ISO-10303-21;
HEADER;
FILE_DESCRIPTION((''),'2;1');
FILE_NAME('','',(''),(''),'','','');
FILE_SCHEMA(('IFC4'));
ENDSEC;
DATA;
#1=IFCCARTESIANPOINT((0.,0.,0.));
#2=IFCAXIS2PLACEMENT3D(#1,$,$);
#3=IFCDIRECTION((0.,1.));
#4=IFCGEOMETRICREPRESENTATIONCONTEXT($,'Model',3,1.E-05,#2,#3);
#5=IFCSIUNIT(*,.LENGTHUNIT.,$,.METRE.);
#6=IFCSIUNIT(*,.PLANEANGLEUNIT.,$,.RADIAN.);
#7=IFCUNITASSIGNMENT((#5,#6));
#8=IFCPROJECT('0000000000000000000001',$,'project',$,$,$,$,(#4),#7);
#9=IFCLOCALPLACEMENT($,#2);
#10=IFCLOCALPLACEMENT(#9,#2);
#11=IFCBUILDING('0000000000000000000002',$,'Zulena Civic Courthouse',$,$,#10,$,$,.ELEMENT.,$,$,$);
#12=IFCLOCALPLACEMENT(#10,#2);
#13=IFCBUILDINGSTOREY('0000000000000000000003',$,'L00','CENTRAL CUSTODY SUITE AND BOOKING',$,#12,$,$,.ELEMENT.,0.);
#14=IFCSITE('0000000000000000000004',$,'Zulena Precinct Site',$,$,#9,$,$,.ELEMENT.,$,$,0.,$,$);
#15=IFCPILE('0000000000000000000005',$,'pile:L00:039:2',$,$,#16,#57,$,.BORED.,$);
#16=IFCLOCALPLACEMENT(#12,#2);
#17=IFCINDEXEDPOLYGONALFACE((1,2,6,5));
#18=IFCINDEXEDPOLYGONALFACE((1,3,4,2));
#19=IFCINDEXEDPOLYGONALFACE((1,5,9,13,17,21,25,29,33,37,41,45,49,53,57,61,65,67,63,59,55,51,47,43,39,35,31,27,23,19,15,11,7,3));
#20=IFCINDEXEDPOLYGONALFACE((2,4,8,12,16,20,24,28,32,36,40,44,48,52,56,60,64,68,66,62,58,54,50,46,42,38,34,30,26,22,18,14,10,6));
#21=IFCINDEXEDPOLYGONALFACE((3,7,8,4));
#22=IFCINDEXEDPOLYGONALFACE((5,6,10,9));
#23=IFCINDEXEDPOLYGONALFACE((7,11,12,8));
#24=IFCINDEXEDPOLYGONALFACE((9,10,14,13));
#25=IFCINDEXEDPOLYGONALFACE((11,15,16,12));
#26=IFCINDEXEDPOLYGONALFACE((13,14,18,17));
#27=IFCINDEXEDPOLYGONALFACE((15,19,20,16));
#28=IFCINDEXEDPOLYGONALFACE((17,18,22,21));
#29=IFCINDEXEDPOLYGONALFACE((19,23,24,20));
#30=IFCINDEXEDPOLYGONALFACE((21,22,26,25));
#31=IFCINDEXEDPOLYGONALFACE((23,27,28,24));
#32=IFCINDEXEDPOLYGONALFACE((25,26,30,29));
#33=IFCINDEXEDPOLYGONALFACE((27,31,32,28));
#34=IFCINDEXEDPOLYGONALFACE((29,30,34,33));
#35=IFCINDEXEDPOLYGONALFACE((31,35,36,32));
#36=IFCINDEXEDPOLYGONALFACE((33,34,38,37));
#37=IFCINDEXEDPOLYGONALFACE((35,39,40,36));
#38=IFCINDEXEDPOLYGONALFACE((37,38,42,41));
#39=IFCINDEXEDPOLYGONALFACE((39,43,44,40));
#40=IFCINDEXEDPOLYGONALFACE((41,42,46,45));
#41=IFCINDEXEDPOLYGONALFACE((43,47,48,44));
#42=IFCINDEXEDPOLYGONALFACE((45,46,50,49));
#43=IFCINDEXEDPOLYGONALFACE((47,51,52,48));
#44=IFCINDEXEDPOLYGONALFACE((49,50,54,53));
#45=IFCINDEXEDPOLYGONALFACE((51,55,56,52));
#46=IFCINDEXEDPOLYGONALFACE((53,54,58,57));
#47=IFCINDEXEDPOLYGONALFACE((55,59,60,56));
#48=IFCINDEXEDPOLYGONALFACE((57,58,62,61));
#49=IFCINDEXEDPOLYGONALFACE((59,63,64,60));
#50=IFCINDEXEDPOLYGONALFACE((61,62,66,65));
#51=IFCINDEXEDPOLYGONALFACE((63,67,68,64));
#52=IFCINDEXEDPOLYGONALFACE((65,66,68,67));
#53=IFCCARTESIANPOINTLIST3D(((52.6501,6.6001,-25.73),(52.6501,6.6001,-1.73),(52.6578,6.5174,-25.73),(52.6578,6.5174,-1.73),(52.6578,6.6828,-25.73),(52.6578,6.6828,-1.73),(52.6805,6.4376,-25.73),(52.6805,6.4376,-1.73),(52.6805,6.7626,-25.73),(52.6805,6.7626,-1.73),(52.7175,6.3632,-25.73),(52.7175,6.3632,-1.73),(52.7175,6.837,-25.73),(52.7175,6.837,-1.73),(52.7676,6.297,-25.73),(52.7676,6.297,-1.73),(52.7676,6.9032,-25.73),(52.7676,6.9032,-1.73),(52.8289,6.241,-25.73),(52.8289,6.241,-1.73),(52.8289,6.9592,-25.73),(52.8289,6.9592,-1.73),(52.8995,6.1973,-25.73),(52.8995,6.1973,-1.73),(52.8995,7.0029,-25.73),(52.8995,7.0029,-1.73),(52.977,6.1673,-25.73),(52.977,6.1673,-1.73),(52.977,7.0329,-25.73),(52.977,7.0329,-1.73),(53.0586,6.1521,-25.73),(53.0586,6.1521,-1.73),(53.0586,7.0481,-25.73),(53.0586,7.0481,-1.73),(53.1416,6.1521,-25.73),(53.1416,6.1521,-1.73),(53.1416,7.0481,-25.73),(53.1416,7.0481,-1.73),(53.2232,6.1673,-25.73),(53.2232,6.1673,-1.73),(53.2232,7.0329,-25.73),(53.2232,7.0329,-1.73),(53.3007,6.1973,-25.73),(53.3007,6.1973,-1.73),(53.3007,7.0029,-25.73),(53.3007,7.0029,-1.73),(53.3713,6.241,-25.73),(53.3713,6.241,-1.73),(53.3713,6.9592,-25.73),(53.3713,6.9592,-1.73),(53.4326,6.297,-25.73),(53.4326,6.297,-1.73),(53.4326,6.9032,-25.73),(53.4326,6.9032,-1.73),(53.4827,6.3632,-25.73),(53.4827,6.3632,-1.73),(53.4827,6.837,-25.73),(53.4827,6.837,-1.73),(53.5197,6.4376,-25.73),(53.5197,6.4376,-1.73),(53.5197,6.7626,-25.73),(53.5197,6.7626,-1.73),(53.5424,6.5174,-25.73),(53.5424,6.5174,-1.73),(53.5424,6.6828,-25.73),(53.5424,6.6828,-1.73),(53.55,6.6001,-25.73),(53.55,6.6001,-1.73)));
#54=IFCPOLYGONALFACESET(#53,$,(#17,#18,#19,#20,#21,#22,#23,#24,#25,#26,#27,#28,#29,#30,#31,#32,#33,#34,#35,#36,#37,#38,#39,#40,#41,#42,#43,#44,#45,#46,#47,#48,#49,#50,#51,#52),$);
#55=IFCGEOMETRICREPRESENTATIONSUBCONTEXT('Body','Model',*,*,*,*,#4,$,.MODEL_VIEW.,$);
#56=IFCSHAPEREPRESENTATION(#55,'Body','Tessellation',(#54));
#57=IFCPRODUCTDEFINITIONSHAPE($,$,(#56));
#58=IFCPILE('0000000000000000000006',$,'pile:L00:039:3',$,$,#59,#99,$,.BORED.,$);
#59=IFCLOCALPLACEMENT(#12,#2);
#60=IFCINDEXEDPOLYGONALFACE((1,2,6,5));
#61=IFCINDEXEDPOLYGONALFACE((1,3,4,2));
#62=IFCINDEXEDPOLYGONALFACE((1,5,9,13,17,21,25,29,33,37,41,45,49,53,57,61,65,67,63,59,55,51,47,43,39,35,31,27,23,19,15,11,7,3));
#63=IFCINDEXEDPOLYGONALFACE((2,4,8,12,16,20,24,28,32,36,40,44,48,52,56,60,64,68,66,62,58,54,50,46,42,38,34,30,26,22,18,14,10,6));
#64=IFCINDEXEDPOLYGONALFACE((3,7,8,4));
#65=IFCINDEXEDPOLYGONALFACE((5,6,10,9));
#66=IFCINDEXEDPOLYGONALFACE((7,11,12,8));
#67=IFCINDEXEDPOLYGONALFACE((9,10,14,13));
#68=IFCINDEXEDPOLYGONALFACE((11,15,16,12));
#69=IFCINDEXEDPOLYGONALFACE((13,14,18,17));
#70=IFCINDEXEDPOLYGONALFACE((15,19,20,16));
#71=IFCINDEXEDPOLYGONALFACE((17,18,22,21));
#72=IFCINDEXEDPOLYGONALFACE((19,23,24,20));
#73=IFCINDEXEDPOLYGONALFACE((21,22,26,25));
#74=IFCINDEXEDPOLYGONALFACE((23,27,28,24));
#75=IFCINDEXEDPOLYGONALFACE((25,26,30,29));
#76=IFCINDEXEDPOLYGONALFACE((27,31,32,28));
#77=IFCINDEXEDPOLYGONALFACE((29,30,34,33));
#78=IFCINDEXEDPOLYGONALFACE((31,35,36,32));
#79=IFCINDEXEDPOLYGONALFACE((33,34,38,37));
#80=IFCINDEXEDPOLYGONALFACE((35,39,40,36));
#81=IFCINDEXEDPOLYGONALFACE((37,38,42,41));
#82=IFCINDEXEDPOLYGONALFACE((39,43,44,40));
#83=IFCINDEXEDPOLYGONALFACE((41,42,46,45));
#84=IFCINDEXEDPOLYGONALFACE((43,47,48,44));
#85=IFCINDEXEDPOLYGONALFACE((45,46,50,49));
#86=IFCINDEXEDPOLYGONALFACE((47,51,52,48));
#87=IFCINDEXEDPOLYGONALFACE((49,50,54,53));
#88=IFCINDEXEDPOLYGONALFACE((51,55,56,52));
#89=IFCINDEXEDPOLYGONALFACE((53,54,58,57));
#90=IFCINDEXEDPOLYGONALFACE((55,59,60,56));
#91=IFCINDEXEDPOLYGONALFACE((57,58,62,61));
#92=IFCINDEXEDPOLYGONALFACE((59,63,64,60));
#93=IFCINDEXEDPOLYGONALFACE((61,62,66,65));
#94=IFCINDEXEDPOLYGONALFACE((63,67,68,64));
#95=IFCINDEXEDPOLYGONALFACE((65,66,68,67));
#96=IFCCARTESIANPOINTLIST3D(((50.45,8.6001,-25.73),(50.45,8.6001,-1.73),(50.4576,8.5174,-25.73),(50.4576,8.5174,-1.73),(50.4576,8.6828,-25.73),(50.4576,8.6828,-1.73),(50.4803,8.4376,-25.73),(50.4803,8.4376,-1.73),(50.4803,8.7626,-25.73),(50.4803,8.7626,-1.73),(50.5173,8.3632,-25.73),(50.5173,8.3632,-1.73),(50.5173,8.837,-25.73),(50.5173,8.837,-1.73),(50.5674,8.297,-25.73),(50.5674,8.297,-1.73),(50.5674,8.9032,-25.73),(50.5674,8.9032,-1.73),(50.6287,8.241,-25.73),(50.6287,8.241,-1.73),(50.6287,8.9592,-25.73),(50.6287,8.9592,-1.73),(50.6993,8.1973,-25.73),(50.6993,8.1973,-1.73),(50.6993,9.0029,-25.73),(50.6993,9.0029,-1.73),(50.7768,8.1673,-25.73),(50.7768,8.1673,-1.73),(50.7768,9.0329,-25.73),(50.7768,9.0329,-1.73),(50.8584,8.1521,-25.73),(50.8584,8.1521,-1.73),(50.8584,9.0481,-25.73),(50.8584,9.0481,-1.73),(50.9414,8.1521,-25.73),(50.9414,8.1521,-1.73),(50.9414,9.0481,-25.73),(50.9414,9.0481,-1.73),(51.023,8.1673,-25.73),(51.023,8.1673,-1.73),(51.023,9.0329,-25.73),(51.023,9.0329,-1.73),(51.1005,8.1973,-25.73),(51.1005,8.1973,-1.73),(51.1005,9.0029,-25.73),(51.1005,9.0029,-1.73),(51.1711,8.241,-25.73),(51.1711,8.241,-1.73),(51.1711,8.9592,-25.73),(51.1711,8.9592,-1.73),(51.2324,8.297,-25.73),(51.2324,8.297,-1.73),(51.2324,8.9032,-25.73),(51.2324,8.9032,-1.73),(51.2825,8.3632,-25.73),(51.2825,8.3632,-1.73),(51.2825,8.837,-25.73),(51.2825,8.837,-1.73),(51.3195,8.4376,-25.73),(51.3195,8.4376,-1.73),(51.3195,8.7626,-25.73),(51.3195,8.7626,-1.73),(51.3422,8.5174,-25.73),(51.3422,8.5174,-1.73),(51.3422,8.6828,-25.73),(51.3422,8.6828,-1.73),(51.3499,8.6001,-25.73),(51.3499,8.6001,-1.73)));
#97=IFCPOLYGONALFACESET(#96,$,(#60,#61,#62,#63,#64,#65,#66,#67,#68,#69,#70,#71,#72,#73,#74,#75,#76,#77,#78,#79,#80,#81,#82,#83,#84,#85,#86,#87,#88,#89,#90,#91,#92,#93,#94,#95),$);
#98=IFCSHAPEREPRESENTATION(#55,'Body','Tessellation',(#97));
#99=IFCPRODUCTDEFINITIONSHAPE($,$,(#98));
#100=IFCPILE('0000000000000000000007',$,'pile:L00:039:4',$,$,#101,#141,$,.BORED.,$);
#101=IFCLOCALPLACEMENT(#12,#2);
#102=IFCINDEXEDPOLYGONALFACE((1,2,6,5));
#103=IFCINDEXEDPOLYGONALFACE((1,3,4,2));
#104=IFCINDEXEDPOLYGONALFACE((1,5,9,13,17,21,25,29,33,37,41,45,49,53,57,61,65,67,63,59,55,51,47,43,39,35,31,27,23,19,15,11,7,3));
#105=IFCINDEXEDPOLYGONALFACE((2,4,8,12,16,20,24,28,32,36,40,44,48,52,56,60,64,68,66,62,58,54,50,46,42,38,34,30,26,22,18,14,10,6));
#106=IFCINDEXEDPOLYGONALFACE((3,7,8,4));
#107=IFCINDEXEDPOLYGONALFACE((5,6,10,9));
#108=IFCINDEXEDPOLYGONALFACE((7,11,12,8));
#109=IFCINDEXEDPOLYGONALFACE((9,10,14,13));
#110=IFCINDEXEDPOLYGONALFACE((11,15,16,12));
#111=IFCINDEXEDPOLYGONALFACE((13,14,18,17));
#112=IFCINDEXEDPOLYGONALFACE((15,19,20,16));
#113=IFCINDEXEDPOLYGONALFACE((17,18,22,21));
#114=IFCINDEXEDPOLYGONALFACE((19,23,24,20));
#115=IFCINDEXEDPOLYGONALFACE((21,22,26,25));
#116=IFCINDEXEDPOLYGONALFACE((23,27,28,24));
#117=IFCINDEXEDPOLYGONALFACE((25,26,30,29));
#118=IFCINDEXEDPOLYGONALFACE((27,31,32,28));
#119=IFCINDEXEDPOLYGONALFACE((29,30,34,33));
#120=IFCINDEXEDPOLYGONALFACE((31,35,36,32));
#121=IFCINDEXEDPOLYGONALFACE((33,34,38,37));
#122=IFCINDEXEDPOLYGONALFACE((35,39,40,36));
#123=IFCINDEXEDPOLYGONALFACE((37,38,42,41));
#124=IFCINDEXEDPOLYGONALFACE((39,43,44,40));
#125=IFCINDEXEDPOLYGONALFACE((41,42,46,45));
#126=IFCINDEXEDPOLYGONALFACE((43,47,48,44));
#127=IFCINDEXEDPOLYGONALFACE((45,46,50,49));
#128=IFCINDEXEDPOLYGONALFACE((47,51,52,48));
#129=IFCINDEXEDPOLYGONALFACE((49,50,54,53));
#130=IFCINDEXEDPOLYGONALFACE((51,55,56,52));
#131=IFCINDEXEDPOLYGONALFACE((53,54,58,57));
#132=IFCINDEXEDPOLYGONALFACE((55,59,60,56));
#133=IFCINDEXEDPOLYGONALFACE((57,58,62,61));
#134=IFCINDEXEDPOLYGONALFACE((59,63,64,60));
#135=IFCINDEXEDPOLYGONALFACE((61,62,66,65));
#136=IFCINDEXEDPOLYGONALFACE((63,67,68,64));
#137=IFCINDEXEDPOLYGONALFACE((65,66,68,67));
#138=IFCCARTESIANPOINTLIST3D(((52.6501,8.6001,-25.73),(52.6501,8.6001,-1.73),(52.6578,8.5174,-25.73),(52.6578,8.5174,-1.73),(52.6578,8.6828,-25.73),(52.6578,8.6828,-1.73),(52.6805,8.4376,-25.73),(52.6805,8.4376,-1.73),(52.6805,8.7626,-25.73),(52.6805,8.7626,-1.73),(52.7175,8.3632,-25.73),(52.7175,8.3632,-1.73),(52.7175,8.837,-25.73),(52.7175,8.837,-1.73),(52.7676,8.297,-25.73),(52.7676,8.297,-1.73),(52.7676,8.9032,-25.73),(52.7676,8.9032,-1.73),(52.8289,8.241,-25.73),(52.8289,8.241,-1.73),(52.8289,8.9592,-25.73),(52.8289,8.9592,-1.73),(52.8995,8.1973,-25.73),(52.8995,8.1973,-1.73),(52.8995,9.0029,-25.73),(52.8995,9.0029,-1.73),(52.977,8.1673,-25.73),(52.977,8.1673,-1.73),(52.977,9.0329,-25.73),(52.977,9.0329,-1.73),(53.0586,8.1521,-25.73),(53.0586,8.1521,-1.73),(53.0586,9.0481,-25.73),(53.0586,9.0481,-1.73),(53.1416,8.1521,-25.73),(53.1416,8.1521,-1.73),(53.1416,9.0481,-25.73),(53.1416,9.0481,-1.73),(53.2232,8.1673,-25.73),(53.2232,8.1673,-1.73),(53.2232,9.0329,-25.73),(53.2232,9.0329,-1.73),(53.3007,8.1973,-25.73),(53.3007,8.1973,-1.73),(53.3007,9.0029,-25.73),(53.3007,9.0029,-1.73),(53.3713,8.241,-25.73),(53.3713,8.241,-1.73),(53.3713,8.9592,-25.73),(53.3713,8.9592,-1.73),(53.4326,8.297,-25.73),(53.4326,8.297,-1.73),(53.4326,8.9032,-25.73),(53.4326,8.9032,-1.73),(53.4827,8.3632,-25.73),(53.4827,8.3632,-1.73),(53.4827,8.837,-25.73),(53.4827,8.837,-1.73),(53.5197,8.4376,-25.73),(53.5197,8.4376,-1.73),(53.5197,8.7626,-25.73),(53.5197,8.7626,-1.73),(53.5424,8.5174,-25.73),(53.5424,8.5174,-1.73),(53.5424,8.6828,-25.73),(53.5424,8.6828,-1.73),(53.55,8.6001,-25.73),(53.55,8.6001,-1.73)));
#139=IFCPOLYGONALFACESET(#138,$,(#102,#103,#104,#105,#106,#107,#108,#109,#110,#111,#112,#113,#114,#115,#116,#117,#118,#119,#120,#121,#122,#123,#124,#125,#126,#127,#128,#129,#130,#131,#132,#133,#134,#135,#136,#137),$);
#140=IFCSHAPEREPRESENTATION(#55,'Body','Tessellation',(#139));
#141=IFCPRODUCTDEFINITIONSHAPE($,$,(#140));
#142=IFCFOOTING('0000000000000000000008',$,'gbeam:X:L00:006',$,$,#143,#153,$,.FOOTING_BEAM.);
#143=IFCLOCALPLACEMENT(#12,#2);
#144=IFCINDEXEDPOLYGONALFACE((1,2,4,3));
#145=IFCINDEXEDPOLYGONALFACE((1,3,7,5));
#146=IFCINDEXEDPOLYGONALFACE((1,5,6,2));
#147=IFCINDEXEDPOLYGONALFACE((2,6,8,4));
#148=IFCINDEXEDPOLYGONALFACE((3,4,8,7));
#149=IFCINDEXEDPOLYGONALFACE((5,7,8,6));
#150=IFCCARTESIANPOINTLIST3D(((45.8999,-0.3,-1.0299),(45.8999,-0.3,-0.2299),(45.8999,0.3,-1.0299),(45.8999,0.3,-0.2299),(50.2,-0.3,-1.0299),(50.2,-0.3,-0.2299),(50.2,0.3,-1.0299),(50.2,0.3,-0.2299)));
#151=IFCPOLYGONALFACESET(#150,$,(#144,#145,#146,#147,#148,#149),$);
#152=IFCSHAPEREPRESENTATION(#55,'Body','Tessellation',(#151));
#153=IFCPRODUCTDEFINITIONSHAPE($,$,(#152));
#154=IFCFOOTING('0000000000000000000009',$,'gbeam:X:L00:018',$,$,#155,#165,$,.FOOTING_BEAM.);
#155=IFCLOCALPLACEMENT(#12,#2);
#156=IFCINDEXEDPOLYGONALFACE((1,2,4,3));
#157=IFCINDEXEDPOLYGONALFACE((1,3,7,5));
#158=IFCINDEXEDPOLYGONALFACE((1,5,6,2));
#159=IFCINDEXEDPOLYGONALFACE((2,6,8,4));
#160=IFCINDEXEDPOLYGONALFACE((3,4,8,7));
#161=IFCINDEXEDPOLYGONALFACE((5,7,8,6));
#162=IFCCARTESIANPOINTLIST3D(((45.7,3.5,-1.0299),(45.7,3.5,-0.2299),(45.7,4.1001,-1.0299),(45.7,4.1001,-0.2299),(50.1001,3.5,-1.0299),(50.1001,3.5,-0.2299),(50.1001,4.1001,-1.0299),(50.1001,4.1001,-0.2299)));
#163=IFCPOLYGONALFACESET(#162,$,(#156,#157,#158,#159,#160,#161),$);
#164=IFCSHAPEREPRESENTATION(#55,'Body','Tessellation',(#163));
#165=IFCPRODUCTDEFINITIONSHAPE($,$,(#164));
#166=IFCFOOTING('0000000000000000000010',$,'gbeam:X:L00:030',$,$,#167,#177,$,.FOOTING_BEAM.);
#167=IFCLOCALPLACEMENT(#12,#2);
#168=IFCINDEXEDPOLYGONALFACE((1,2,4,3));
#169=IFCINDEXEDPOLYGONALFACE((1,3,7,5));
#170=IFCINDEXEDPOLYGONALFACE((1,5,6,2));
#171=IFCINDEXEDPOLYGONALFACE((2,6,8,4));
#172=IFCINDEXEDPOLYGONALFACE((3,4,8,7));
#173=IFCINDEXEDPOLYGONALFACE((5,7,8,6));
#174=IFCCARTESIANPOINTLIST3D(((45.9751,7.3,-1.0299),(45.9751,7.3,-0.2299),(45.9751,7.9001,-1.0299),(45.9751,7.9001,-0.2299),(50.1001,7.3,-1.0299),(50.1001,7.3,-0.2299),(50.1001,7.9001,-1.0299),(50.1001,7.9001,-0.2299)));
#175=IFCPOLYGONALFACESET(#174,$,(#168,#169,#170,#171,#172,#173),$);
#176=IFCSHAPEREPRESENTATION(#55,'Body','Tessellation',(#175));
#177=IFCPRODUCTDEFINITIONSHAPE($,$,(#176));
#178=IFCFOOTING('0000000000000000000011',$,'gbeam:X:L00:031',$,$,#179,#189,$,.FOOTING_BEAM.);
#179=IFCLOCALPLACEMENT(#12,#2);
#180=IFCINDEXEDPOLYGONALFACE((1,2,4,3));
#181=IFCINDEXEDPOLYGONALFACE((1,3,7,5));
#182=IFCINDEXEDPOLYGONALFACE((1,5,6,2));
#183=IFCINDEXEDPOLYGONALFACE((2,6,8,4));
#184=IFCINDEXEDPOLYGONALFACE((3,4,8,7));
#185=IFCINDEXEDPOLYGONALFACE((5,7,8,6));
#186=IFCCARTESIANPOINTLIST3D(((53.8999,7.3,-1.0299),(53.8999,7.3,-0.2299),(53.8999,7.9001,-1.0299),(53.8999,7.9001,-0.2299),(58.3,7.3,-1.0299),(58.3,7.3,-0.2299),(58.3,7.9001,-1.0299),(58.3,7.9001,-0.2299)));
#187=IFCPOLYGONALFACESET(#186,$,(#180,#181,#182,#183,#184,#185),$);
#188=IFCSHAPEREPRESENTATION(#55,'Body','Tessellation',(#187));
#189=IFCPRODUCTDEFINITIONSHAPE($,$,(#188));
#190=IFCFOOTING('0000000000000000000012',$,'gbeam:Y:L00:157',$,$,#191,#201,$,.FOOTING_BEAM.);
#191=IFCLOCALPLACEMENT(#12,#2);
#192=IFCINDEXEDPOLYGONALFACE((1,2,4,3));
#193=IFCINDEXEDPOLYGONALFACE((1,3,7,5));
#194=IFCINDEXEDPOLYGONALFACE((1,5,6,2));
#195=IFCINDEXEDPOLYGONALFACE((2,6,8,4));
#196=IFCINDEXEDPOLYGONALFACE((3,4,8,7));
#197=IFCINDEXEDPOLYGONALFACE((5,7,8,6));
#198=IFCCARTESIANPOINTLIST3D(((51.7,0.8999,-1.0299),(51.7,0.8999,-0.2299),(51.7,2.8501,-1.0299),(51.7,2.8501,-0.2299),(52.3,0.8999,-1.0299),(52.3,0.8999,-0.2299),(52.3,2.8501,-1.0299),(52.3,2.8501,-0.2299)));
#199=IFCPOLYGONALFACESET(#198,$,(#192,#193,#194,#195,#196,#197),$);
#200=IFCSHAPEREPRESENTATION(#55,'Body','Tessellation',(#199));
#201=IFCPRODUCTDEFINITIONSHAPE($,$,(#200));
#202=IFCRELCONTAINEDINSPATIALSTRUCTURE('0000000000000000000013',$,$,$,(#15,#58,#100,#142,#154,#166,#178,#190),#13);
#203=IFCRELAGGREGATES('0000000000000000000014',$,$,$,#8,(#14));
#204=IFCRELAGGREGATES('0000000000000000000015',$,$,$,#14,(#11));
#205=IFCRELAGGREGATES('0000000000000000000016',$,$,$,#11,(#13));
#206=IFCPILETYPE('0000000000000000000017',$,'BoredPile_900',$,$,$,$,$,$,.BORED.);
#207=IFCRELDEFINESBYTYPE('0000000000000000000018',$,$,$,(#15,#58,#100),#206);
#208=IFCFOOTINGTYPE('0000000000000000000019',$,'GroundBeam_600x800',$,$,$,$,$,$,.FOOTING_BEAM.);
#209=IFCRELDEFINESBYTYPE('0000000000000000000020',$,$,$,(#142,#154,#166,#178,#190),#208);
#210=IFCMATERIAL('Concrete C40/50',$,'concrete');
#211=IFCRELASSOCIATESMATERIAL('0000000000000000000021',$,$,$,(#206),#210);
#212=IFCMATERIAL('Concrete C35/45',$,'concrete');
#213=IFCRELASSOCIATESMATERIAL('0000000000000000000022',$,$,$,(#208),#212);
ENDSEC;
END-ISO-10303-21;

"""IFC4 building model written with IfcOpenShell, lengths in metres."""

from ifc_helpers import new_model, si_unit, direction, frame, origin, origin_2d, place, context, subcontext, project, spatial, rectangle, circle, extrude, material, material_profile, profile_set, type_object, element, save


model = new_model("IFC4")

# Units and contexts
model_context = context("Model", 3, precision=1e-05, world=origin(), true_north=direction((0.0, 1.0)))
body_context = subcontext(model_context, "Body", "Model", "MODEL_VIEW")
ifc_project = project(units=[si_unit("LENGTHUNIT", "METRE"), si_unit("PLANEANGLEUNIT", "RADIAN")], contexts=[model_context])

# Site, building, storey
site_placement = place(None, origin())
site = spatial("IfcSite", under=ifc_project, at=site_placement, Name="Zulena Precinct Site", CompositionType="ELEMENT", RefElevation=0.0)
building_placement = place(site_placement, origin())
building = spatial("IfcBuilding", under=site, at=building_placement, Name="Zulena Civic Courthouse", CompositionType="ELEMENT")
storey_placement = place(building_placement, origin())
storey = spatial("IfcBuildingStorey", under=building, at=storey_placement, Name="L00", Description="CENTRAL CUSTODY SUITE AND BOOKING", CompositionType="ELEMENT", Elevation=0.0)

# Piles
ifc_material_1 = material(Name="Concrete C40/50", Category="concrete")
ifc_material_profile_1 = material_profile(ifc_material_1, circle(Radius=0.45, at=origin_2d()), Name="PILE900")
ifc_profile_set_1 = profile_set([ifc_material_profile_1], Name="Concrete C40/50")
pile_type_1 = type_object("IfcPileType", Name="BoredPile_900", PredefinedType="BORED", material=ifc_profile_set_1)
for number, where, z_axis, x_axis, name in (
    (1, (53.1001, 6.6001, -1.73), (0.0, 0.0, -1.0), (1.0, 0.0, 0.0), "pile:L00:039:2"),
    (2, (50.8999, 8.6001, -1.73), (0.0, 0.0, -1.0), (1.0, 0.0, 0.0), "pile:L00:039:3"),
    (3, (53.1001, 8.6001, -1.73), (0.0, 0.0, -1.0), (1.0, 0.0, 0.0), "pile:L00:039:4"),
):
    element("IfcPile", number, at=place(storey_placement, frame(where, z_axis=z_axis, x_axis=x_axis)), inside=storey, type_object=pile_type_1, Name=name, PredefinedType="BORED", context=body_context, shape_type="SweptSolid", body=[
        extrude(circle(Radius=0.45, at=origin_2d()), origin(), (0.0, 0.0, 1.0), 24.0),
    ])

# Footings
ifc_material_2 = material(Name="Concrete C35/45", Category="concrete")
ifc_material_profile_2 = material_profile(ifc_material_2, rectangle(XDim=0.6001, YDim=0.8, at=origin_2d()), Name="RC600X800")
ifc_profile_set_2 = profile_set([ifc_material_profile_2], Name="Concrete C35/45")
footing_type_1 = type_object("IfcFootingType", Name="GroundBeam_600x800", PredefinedType="FOOTING_BEAM", material=ifc_profile_set_2)
footing_1_placement = place(storey_placement, frame((45.8999, 0.0, -0.6299), z_axis=(1.0, 0.0, 0.0), x_axis=(0.0, 1.0, 0.0)))
element("IfcFooting", 4, at=footing_1_placement, inside=storey, type_object=footing_type_1, Name="gbeam:X:L00:006", PredefinedType="FOOTING_BEAM", context=body_context, shape_type="SweptSolid", body=[
    extrude(rectangle(XDim=0.6001, YDim=0.8, at=origin_2d()), origin(), (0.0, 0.0, 1.0), 4.3),
])
footing_2_placement = place(storey_placement, frame((45.7, 3.8, -0.6299), z_axis=(1.0, 0.0, 0.0), x_axis=(0.0, 1.0, 0.0)))
element("IfcFooting", 5, at=footing_2_placement, inside=storey, type_object=footing_type_1, Name="gbeam:X:L00:018", PredefinedType="FOOTING_BEAM", context=body_context, shape_type="SweptSolid", body=[
    extrude(rectangle(XDim=0.6001, YDim=0.8, at=origin_2d()), origin(), (0.0, 0.0, 1.0), 4.4001),
])
footing_3_placement = place(storey_placement, frame((45.9751, 7.6001, -0.6299), z_axis=(1.0, 0.0, 0.0), x_axis=(0.0, 1.0, 0.0)))
element("IfcFooting", 6, at=footing_3_placement, inside=storey, type_object=footing_type_1, Name="gbeam:X:L00:030", PredefinedType="FOOTING_BEAM", context=body_context, shape_type="SweptSolid", body=[
    extrude(rectangle(XDim=0.6001, YDim=0.8, at=origin_2d()), origin(), (0.0, 0.0, 1.0), 4.125),
])
footing_4_placement = place(storey_placement, frame((53.8999, 7.6001, -0.6299), z_axis=(1.0, 0.0, 0.0), x_axis=(0.0, 1.0, 0.0)))
element("IfcFooting", 7, at=footing_4_placement, inside=storey, type_object=footing_type_1, Name="gbeam:X:L00:031", PredefinedType="FOOTING_BEAM", context=body_context, shape_type="SweptSolid", body=[
    extrude(rectangle(XDim=0.6001, YDim=0.8, at=origin_2d()), origin(), (0.0, 0.0, 1.0), 4.4001),
])
footing_5_placement = place(storey_placement, frame((52.0, 0.8999, -0.6299), z_axis=(0.0, 1.0, 0.0), x_axis=(-1.0, 0.0, 0.0)))
element("IfcFooting", 8, at=footing_5_placement, inside=storey, type_object=footing_type_1, Name="gbeam:Y:L00:157", PredefinedType="FOOTING_BEAM", context=body_context, shape_type="SweptSolid", body=[
    extrude(rectangle(XDim=0.6001, YDim=0.8, at=origin_2d()), origin(), (0.0, 0.0, 1.0), 1.9502),
])

save(model, "model.ifc")
